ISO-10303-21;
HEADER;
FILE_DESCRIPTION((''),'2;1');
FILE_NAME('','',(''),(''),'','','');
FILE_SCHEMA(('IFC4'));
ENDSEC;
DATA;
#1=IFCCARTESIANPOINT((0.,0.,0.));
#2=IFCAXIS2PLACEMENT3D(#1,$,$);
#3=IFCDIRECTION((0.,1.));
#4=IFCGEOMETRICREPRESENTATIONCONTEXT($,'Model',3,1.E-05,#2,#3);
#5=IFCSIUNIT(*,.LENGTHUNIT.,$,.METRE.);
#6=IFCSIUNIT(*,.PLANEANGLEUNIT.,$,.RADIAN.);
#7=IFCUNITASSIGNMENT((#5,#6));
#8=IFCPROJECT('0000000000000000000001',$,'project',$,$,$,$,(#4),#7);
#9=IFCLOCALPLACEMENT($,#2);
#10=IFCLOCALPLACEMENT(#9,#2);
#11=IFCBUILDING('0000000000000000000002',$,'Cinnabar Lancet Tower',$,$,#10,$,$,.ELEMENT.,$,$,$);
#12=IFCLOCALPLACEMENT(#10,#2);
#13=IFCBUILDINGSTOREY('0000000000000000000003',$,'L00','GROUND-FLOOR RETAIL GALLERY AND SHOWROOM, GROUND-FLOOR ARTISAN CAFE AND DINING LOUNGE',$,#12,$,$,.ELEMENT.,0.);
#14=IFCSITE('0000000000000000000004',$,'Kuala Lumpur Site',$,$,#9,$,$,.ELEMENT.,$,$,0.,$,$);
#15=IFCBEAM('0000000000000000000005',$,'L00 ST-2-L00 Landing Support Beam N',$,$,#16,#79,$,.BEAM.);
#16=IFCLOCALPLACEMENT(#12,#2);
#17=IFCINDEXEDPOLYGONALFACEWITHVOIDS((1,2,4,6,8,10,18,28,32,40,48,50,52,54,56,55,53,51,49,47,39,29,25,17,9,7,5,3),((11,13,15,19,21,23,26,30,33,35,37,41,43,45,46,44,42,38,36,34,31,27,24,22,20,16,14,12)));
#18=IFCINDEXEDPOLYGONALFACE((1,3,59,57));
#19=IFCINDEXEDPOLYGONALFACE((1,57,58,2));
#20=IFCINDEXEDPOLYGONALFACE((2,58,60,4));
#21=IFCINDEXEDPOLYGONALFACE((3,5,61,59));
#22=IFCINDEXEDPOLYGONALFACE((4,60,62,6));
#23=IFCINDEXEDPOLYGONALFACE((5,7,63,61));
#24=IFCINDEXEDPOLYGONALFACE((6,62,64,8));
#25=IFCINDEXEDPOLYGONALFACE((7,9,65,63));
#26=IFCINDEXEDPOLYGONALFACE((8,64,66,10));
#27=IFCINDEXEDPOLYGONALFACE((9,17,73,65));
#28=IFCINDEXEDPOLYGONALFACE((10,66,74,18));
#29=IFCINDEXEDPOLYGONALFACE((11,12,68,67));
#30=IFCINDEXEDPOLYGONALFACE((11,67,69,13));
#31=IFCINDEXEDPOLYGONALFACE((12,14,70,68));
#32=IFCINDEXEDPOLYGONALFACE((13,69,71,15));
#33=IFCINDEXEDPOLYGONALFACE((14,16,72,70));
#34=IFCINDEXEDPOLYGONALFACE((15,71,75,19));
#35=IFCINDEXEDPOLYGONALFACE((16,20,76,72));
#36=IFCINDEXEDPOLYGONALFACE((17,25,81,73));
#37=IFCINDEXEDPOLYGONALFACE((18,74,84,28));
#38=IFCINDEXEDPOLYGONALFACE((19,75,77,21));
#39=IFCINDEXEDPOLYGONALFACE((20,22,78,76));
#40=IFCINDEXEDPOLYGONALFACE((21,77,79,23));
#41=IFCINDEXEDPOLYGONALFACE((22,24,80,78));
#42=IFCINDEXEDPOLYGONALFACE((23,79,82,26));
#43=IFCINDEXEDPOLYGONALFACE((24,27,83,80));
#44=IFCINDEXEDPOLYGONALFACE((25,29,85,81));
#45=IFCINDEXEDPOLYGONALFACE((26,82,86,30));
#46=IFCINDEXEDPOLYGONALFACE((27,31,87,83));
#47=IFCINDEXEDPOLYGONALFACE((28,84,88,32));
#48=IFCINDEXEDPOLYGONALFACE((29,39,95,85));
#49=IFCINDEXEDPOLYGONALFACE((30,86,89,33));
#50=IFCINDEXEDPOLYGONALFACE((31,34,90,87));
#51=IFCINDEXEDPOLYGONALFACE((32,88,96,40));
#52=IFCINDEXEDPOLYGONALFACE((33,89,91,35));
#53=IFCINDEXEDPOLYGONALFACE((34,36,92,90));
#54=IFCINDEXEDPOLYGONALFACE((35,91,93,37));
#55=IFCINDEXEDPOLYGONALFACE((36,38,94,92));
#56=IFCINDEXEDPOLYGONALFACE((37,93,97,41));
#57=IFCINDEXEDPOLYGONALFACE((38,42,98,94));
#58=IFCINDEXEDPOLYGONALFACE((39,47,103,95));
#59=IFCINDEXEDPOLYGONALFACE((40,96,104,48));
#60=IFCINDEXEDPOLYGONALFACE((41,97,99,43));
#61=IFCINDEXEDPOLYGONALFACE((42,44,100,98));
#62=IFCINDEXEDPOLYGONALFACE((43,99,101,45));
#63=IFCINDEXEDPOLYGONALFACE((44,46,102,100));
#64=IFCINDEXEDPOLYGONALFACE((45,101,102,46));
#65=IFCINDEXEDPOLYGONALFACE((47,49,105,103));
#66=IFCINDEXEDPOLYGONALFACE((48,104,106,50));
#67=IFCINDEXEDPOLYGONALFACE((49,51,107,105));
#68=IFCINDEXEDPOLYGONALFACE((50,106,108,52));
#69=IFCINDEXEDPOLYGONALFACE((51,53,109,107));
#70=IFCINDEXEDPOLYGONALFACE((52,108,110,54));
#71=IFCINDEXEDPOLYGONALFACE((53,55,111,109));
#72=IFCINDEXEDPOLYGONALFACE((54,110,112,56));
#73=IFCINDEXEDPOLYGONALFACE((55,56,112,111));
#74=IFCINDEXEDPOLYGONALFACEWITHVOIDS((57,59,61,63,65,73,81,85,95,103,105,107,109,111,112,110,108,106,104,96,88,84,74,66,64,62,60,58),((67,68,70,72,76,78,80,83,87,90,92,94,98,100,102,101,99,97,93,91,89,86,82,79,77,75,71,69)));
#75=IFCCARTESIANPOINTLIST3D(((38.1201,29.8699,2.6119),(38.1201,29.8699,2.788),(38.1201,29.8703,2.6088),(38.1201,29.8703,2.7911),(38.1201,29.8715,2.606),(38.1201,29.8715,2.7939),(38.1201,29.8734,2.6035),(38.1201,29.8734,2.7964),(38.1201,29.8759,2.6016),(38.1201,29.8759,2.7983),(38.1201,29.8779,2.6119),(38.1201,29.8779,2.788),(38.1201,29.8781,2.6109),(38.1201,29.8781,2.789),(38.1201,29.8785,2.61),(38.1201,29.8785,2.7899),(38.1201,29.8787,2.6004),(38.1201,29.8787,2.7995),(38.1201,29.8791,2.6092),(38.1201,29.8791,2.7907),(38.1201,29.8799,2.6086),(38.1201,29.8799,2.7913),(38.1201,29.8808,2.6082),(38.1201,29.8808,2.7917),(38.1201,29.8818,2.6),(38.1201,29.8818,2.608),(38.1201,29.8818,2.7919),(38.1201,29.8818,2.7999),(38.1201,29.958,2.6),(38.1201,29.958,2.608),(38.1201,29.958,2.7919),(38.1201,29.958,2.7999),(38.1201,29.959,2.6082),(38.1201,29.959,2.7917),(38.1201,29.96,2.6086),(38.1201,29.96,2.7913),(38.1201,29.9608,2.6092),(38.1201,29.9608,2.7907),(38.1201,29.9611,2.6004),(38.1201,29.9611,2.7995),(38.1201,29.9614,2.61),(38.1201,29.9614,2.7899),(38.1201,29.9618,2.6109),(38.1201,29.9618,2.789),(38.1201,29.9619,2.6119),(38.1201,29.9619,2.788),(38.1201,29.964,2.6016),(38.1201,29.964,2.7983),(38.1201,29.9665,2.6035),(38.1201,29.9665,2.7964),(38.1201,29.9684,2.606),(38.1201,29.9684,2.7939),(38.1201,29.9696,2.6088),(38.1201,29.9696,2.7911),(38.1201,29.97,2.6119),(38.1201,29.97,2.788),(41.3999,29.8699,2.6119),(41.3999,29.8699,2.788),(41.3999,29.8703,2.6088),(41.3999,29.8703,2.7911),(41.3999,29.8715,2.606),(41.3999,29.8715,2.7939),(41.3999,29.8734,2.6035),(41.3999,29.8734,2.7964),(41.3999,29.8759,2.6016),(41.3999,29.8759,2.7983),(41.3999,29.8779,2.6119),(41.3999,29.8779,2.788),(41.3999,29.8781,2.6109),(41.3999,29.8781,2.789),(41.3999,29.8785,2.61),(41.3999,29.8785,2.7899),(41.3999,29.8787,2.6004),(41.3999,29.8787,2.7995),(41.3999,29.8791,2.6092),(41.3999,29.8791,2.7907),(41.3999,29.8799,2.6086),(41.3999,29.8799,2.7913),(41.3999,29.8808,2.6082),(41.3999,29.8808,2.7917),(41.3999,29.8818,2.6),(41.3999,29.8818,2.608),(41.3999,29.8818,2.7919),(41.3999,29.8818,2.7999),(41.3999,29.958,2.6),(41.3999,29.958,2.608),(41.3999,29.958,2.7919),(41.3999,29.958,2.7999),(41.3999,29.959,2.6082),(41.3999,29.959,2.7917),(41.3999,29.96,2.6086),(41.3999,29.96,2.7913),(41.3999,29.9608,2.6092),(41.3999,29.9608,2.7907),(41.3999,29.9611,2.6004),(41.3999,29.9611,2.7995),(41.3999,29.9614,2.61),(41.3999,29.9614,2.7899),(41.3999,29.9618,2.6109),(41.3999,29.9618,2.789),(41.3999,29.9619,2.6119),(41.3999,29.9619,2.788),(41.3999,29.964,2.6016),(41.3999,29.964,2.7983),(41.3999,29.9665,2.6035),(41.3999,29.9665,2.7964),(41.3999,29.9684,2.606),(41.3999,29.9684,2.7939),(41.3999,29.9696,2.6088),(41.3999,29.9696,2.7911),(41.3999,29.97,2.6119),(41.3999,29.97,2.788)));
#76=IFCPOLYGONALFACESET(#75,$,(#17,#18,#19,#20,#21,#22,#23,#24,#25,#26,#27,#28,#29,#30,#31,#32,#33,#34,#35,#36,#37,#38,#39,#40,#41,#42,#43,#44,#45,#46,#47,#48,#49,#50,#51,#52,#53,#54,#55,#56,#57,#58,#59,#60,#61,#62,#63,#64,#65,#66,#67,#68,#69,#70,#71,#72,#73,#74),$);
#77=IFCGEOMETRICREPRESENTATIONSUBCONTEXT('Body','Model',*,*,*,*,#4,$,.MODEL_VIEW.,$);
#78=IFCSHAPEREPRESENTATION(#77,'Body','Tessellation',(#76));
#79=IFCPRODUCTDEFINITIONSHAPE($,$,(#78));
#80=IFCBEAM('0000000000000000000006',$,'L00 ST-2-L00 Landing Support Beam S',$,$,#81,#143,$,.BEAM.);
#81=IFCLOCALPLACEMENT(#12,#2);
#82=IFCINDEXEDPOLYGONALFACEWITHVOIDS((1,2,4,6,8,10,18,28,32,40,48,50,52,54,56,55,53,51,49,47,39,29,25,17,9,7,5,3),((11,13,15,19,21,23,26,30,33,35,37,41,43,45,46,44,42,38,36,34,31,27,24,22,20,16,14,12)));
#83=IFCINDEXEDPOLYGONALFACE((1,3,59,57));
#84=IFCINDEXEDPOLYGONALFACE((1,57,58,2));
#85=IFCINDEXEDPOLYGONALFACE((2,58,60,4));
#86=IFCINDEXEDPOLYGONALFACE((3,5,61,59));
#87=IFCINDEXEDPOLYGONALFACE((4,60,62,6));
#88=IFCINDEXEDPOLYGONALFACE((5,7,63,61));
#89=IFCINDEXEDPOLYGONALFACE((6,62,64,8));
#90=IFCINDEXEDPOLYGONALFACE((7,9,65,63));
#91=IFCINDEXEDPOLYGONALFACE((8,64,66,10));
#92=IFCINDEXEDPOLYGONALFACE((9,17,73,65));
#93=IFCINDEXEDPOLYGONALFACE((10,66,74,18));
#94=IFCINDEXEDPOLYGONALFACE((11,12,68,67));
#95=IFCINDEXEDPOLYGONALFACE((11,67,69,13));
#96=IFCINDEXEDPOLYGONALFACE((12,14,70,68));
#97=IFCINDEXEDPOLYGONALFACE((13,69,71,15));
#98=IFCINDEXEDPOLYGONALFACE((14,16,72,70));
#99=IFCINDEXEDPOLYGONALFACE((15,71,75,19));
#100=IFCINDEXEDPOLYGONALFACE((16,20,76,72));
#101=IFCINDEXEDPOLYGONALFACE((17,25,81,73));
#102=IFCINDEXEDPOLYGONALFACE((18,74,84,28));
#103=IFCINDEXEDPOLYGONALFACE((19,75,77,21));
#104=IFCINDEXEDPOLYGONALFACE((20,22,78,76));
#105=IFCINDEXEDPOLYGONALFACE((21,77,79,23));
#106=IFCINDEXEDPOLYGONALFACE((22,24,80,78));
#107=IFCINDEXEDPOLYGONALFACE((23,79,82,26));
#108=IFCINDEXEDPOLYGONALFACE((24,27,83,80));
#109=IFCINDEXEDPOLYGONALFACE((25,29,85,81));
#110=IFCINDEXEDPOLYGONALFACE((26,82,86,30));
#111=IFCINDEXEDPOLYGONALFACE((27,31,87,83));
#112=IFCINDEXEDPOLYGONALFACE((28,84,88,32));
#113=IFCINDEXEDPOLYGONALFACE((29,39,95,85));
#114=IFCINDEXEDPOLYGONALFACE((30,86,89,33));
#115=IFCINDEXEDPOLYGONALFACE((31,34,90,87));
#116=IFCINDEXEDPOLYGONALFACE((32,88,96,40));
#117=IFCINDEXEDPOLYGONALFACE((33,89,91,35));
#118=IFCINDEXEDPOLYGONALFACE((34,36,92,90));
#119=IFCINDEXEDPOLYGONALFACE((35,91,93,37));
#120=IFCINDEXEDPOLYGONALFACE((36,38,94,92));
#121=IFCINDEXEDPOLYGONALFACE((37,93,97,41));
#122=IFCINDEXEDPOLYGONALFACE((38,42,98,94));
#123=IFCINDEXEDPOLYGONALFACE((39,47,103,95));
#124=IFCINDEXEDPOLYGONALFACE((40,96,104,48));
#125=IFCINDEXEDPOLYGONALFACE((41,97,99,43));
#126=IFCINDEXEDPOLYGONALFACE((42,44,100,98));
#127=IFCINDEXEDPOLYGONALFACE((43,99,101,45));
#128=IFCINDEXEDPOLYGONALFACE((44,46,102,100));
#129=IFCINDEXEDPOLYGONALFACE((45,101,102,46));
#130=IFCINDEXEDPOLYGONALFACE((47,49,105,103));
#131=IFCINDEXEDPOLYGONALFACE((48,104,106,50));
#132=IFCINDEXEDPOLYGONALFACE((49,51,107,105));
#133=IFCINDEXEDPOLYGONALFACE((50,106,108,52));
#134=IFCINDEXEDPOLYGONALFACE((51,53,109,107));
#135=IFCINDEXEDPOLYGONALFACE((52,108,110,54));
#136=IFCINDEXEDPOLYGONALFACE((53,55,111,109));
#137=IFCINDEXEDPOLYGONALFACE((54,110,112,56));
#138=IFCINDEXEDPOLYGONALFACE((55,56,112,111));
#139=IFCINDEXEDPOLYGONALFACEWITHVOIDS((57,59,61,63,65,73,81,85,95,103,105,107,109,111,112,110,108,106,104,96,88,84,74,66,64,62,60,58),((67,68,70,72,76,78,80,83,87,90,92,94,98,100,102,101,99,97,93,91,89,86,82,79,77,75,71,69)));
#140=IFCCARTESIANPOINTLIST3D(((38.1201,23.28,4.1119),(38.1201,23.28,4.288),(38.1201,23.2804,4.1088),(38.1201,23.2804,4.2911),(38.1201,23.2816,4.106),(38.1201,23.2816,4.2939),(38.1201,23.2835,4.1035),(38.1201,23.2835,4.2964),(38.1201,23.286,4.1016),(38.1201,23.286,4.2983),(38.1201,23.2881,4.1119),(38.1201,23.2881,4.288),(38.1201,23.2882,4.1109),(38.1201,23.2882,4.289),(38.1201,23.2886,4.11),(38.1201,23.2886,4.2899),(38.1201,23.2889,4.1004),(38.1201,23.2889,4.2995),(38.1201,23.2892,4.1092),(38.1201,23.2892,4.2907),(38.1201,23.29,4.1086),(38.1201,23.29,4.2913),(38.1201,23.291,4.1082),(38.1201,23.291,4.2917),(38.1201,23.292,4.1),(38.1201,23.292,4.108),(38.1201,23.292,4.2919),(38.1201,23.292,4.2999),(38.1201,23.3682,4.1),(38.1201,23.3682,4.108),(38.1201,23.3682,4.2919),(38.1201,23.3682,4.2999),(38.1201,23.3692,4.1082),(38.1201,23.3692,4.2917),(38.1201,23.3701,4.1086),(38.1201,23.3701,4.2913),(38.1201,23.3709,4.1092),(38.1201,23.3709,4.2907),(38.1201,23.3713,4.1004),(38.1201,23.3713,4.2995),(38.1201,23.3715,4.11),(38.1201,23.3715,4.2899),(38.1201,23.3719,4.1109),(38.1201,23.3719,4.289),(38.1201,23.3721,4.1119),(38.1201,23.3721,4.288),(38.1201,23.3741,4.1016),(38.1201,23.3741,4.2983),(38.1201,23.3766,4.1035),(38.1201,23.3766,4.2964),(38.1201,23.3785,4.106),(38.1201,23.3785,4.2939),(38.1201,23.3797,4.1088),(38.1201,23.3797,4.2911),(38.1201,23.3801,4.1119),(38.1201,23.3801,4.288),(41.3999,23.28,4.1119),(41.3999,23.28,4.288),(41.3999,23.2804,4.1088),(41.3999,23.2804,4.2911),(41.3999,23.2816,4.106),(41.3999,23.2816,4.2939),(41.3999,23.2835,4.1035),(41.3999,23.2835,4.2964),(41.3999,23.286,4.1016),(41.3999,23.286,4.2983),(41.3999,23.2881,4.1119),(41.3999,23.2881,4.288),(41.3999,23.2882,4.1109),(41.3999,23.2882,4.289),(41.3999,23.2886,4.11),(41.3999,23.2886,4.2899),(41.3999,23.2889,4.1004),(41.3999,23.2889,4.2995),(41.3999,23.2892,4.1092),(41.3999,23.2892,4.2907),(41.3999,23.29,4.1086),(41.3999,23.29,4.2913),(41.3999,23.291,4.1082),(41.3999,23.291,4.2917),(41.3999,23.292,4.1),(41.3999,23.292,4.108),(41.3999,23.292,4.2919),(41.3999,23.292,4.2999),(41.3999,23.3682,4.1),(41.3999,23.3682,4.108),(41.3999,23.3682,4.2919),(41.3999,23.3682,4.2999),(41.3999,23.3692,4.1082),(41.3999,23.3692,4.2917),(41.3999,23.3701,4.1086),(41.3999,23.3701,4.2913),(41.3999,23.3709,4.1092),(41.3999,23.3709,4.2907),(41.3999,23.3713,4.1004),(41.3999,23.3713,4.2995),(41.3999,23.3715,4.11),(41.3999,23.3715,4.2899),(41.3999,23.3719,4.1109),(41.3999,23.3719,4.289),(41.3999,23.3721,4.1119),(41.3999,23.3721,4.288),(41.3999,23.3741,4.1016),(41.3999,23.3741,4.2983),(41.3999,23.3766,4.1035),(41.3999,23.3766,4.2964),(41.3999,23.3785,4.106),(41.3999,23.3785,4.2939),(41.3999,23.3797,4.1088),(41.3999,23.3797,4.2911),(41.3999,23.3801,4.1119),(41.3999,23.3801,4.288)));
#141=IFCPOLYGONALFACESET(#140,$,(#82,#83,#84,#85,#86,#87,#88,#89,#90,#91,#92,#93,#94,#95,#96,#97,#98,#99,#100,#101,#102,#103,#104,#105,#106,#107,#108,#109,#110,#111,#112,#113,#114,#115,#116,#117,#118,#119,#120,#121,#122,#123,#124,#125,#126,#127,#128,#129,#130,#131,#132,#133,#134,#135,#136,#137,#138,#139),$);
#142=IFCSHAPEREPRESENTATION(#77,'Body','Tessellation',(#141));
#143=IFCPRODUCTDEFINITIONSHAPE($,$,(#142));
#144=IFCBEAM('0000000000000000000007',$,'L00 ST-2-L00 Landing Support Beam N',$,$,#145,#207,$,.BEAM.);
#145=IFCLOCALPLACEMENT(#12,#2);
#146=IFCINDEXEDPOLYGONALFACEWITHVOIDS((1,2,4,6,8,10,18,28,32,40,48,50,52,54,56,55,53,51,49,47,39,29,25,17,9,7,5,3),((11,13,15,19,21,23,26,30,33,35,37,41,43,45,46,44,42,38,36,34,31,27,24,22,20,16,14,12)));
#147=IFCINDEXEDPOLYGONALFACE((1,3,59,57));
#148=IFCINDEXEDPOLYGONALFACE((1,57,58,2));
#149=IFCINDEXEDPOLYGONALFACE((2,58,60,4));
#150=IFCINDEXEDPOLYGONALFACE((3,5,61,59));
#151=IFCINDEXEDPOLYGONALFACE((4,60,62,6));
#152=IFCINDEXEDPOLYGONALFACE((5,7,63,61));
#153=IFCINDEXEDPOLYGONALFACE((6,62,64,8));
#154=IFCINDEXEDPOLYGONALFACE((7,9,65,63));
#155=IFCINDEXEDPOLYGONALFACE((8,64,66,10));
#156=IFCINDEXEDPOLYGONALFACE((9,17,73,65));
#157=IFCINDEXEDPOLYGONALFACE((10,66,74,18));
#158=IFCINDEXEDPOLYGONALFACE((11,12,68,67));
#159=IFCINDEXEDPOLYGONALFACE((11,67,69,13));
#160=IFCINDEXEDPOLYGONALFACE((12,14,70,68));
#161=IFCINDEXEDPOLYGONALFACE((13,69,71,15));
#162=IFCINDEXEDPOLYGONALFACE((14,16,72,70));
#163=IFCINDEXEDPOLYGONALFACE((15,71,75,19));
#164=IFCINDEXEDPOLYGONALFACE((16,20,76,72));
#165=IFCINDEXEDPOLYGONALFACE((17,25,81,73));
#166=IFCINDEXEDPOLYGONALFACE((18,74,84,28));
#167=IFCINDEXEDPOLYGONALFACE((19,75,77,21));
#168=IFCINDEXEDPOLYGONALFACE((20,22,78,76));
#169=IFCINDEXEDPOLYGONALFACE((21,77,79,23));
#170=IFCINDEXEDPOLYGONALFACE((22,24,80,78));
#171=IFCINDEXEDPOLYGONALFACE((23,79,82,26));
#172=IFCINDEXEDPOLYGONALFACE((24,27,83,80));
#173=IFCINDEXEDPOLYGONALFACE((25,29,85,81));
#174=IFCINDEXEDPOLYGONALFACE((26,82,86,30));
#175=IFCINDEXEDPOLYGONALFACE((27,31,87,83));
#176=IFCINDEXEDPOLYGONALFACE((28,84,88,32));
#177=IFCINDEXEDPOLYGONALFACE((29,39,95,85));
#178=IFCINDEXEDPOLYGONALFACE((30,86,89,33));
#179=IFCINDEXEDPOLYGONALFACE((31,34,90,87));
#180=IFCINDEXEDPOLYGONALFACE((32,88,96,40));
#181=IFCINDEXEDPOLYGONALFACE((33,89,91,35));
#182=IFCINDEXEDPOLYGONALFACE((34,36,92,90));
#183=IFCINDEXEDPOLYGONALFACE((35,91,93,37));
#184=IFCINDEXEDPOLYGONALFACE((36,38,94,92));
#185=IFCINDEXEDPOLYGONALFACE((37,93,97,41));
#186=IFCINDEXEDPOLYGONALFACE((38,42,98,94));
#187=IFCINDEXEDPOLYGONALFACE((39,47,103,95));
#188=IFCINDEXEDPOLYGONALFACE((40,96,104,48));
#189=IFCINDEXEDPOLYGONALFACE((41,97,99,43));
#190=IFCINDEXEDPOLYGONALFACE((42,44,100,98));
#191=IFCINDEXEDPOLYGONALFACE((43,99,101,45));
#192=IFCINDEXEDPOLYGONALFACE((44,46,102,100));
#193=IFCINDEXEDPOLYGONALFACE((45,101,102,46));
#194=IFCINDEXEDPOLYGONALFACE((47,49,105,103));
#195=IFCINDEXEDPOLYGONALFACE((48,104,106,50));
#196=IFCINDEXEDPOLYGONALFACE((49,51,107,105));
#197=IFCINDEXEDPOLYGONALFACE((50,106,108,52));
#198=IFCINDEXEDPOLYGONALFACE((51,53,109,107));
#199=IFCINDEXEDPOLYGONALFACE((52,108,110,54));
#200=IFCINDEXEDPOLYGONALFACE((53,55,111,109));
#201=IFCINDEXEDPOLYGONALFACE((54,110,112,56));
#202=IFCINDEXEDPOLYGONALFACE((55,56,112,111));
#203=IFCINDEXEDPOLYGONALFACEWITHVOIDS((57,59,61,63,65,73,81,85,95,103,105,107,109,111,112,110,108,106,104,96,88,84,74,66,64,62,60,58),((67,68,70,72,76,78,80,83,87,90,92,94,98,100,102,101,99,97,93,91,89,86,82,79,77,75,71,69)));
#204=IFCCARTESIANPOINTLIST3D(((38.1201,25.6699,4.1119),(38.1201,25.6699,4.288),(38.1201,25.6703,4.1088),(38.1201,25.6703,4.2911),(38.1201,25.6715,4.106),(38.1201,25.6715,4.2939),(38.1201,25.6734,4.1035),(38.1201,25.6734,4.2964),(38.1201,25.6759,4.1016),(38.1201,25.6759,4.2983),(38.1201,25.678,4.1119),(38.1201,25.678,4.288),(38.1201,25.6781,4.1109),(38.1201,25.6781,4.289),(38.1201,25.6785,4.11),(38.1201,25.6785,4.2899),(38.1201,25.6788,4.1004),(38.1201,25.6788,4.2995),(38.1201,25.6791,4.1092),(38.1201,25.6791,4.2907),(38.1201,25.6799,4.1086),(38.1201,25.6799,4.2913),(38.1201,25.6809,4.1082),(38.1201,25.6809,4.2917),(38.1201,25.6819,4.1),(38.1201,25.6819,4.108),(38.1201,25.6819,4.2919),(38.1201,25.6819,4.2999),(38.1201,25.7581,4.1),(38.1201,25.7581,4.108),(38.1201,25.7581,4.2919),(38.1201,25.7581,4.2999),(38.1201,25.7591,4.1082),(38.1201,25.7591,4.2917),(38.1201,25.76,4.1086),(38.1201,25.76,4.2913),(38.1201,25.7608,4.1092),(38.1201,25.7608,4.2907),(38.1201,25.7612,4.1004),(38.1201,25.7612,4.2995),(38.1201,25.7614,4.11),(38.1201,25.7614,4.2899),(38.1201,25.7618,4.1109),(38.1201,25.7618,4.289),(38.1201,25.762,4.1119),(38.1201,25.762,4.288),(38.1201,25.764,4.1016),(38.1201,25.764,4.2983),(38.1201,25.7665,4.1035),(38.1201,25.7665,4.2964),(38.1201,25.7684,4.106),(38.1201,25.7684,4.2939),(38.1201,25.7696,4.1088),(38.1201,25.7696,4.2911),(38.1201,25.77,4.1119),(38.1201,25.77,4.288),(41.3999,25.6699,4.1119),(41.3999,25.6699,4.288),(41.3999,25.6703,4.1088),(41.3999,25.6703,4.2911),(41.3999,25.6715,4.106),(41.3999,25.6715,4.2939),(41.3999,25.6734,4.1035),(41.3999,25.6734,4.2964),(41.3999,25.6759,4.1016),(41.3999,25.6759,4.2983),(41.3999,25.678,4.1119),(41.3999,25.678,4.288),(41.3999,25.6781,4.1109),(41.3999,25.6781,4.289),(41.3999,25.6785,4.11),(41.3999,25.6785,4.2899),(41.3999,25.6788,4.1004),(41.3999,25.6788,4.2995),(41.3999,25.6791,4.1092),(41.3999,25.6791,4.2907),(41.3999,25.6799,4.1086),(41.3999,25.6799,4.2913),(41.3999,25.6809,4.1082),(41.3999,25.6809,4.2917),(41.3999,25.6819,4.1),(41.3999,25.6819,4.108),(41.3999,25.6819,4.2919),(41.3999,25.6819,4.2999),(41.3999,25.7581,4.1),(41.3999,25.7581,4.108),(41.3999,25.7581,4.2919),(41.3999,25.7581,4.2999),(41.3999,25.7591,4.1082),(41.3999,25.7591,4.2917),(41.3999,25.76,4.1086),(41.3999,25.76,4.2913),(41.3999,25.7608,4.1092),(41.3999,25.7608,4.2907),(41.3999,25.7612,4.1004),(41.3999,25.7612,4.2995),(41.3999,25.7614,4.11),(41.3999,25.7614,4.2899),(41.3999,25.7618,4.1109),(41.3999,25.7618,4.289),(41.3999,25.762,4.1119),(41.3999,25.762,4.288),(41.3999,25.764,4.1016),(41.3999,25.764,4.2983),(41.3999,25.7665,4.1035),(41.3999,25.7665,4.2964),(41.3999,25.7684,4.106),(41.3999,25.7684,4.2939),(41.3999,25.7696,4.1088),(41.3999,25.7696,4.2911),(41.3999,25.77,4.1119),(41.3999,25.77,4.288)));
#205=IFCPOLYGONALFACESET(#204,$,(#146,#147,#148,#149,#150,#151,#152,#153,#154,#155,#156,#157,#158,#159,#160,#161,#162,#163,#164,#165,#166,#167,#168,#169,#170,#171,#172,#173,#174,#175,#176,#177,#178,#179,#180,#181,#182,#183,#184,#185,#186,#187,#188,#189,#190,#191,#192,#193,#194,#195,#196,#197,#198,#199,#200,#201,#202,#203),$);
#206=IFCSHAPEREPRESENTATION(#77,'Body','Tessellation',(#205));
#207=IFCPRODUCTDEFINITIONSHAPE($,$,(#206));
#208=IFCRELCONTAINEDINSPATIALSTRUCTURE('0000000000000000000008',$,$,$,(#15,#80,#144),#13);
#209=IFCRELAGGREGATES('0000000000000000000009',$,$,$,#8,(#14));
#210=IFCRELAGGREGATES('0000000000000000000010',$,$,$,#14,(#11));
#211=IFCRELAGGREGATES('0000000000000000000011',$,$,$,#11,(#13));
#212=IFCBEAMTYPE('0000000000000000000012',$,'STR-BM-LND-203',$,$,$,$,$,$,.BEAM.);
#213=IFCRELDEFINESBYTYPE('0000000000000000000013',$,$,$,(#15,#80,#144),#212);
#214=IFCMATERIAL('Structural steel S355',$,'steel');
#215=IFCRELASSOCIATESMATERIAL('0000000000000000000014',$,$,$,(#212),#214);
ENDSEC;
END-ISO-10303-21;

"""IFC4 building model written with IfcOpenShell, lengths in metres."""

from ifc_helpers import new_model, si_unit, direction, frame, origin, origin_2d, place, context, subcontext, project, spatial, hollow_rectangle, extrude, material, material_profile, profile_set, type_object, element, save


model = new_model("IFC4")

# Units and contexts
model_context = context("Model", 3, precision=1e-05, world=origin(), true_north=direction((0.0, 1.0)))
body_context = subcontext(model_context, "Body", "Model", "MODEL_VIEW")
ifc_project = project(units=[si_unit("LENGTHUNIT", "METRE"), si_unit("PLANEANGLEUNIT", "RADIAN")], contexts=[model_context])

# Site, building, storey
site_placement = place(None, origin())
site = spatial("IfcSite", under=ifc_project, at=site_placement, Name="Kuala Lumpur Site", CompositionType="ELEMENT", RefElevation=0.0)
building_placement = place(site_placement, origin())
building = spatial("IfcBuilding", under=site, at=building_placement, Name="Cinnabar Lancet Tower", CompositionType="ELEMENT")
storey_placement = place(building_placement, origin())
storey = spatial("IfcBuildingStorey", under=building, at=storey_placement, Name="L00", Description="GROUND-FLOOR RETAIL GALLERY AND SHOWROOM, GROUND-FLOOR ARTISAN CAFE AND DINING LOUNGE", CompositionType="ELEMENT", Elevation=0.0)

# Beams
ifc_material_1 = material(Name="Structural steel S355", Category="steel")
ifc_material_profile = material_profile(ifc_material_1, hollow_rectangle(XDim=0.1001, YDim=0.2, WallThickness=0.0081, InnerFilletRadius=0.0039, OuterFilletRadius=0.012, at=origin_2d()), Name="RHS 200x100x8")
ifc_profile_set = profile_set([ifc_material_profile], Name="Structural steel S355")
beam_type = type_object("IfcBeamType", Name="STR-BM-LND-203", PredefinedType="BEAM", material=ifc_profile_set)
for number, where, z_axis, x_axis, name in (
    (1, (38.1201, 29.9199, 2.7), (1.0, 0.0, 0.0), (0.0, 1.0, 0.0), "L00 ST-2-L00 Landing Support Beam N"),
    (2, (38.1201, 23.3301, 4.2), (1.0, 0.0, 0.0), (0.0, 1.0, 0.0), "L00 ST-2-L00 Landing Support Beam S"),
    (3, (38.1201, 25.72, 4.2), (1.0, 0.0, 0.0), (0.0, 1.0, 0.0), "L00 ST-2-L00 Landing Support Beam N"),
):
    element("IfcBeam", number, at=place(storey_placement, frame(where, z_axis=z_axis, x_axis=x_axis)), inside=storey, type_object=beam_type, Name=name, PredefinedType="BEAM", context=body_context, shape_type="SweptSolid", body=[
        extrude(hollow_rectangle(XDim=0.1001, YDim=0.2, WallThickness=0.0081, InnerFilletRadius=0.0039, OuterFilletRadius=0.012, at=origin_2d()), origin(), (0.0, 0.0, 1.0), 3.2798),
    ])

save(model, "model.ifc")
